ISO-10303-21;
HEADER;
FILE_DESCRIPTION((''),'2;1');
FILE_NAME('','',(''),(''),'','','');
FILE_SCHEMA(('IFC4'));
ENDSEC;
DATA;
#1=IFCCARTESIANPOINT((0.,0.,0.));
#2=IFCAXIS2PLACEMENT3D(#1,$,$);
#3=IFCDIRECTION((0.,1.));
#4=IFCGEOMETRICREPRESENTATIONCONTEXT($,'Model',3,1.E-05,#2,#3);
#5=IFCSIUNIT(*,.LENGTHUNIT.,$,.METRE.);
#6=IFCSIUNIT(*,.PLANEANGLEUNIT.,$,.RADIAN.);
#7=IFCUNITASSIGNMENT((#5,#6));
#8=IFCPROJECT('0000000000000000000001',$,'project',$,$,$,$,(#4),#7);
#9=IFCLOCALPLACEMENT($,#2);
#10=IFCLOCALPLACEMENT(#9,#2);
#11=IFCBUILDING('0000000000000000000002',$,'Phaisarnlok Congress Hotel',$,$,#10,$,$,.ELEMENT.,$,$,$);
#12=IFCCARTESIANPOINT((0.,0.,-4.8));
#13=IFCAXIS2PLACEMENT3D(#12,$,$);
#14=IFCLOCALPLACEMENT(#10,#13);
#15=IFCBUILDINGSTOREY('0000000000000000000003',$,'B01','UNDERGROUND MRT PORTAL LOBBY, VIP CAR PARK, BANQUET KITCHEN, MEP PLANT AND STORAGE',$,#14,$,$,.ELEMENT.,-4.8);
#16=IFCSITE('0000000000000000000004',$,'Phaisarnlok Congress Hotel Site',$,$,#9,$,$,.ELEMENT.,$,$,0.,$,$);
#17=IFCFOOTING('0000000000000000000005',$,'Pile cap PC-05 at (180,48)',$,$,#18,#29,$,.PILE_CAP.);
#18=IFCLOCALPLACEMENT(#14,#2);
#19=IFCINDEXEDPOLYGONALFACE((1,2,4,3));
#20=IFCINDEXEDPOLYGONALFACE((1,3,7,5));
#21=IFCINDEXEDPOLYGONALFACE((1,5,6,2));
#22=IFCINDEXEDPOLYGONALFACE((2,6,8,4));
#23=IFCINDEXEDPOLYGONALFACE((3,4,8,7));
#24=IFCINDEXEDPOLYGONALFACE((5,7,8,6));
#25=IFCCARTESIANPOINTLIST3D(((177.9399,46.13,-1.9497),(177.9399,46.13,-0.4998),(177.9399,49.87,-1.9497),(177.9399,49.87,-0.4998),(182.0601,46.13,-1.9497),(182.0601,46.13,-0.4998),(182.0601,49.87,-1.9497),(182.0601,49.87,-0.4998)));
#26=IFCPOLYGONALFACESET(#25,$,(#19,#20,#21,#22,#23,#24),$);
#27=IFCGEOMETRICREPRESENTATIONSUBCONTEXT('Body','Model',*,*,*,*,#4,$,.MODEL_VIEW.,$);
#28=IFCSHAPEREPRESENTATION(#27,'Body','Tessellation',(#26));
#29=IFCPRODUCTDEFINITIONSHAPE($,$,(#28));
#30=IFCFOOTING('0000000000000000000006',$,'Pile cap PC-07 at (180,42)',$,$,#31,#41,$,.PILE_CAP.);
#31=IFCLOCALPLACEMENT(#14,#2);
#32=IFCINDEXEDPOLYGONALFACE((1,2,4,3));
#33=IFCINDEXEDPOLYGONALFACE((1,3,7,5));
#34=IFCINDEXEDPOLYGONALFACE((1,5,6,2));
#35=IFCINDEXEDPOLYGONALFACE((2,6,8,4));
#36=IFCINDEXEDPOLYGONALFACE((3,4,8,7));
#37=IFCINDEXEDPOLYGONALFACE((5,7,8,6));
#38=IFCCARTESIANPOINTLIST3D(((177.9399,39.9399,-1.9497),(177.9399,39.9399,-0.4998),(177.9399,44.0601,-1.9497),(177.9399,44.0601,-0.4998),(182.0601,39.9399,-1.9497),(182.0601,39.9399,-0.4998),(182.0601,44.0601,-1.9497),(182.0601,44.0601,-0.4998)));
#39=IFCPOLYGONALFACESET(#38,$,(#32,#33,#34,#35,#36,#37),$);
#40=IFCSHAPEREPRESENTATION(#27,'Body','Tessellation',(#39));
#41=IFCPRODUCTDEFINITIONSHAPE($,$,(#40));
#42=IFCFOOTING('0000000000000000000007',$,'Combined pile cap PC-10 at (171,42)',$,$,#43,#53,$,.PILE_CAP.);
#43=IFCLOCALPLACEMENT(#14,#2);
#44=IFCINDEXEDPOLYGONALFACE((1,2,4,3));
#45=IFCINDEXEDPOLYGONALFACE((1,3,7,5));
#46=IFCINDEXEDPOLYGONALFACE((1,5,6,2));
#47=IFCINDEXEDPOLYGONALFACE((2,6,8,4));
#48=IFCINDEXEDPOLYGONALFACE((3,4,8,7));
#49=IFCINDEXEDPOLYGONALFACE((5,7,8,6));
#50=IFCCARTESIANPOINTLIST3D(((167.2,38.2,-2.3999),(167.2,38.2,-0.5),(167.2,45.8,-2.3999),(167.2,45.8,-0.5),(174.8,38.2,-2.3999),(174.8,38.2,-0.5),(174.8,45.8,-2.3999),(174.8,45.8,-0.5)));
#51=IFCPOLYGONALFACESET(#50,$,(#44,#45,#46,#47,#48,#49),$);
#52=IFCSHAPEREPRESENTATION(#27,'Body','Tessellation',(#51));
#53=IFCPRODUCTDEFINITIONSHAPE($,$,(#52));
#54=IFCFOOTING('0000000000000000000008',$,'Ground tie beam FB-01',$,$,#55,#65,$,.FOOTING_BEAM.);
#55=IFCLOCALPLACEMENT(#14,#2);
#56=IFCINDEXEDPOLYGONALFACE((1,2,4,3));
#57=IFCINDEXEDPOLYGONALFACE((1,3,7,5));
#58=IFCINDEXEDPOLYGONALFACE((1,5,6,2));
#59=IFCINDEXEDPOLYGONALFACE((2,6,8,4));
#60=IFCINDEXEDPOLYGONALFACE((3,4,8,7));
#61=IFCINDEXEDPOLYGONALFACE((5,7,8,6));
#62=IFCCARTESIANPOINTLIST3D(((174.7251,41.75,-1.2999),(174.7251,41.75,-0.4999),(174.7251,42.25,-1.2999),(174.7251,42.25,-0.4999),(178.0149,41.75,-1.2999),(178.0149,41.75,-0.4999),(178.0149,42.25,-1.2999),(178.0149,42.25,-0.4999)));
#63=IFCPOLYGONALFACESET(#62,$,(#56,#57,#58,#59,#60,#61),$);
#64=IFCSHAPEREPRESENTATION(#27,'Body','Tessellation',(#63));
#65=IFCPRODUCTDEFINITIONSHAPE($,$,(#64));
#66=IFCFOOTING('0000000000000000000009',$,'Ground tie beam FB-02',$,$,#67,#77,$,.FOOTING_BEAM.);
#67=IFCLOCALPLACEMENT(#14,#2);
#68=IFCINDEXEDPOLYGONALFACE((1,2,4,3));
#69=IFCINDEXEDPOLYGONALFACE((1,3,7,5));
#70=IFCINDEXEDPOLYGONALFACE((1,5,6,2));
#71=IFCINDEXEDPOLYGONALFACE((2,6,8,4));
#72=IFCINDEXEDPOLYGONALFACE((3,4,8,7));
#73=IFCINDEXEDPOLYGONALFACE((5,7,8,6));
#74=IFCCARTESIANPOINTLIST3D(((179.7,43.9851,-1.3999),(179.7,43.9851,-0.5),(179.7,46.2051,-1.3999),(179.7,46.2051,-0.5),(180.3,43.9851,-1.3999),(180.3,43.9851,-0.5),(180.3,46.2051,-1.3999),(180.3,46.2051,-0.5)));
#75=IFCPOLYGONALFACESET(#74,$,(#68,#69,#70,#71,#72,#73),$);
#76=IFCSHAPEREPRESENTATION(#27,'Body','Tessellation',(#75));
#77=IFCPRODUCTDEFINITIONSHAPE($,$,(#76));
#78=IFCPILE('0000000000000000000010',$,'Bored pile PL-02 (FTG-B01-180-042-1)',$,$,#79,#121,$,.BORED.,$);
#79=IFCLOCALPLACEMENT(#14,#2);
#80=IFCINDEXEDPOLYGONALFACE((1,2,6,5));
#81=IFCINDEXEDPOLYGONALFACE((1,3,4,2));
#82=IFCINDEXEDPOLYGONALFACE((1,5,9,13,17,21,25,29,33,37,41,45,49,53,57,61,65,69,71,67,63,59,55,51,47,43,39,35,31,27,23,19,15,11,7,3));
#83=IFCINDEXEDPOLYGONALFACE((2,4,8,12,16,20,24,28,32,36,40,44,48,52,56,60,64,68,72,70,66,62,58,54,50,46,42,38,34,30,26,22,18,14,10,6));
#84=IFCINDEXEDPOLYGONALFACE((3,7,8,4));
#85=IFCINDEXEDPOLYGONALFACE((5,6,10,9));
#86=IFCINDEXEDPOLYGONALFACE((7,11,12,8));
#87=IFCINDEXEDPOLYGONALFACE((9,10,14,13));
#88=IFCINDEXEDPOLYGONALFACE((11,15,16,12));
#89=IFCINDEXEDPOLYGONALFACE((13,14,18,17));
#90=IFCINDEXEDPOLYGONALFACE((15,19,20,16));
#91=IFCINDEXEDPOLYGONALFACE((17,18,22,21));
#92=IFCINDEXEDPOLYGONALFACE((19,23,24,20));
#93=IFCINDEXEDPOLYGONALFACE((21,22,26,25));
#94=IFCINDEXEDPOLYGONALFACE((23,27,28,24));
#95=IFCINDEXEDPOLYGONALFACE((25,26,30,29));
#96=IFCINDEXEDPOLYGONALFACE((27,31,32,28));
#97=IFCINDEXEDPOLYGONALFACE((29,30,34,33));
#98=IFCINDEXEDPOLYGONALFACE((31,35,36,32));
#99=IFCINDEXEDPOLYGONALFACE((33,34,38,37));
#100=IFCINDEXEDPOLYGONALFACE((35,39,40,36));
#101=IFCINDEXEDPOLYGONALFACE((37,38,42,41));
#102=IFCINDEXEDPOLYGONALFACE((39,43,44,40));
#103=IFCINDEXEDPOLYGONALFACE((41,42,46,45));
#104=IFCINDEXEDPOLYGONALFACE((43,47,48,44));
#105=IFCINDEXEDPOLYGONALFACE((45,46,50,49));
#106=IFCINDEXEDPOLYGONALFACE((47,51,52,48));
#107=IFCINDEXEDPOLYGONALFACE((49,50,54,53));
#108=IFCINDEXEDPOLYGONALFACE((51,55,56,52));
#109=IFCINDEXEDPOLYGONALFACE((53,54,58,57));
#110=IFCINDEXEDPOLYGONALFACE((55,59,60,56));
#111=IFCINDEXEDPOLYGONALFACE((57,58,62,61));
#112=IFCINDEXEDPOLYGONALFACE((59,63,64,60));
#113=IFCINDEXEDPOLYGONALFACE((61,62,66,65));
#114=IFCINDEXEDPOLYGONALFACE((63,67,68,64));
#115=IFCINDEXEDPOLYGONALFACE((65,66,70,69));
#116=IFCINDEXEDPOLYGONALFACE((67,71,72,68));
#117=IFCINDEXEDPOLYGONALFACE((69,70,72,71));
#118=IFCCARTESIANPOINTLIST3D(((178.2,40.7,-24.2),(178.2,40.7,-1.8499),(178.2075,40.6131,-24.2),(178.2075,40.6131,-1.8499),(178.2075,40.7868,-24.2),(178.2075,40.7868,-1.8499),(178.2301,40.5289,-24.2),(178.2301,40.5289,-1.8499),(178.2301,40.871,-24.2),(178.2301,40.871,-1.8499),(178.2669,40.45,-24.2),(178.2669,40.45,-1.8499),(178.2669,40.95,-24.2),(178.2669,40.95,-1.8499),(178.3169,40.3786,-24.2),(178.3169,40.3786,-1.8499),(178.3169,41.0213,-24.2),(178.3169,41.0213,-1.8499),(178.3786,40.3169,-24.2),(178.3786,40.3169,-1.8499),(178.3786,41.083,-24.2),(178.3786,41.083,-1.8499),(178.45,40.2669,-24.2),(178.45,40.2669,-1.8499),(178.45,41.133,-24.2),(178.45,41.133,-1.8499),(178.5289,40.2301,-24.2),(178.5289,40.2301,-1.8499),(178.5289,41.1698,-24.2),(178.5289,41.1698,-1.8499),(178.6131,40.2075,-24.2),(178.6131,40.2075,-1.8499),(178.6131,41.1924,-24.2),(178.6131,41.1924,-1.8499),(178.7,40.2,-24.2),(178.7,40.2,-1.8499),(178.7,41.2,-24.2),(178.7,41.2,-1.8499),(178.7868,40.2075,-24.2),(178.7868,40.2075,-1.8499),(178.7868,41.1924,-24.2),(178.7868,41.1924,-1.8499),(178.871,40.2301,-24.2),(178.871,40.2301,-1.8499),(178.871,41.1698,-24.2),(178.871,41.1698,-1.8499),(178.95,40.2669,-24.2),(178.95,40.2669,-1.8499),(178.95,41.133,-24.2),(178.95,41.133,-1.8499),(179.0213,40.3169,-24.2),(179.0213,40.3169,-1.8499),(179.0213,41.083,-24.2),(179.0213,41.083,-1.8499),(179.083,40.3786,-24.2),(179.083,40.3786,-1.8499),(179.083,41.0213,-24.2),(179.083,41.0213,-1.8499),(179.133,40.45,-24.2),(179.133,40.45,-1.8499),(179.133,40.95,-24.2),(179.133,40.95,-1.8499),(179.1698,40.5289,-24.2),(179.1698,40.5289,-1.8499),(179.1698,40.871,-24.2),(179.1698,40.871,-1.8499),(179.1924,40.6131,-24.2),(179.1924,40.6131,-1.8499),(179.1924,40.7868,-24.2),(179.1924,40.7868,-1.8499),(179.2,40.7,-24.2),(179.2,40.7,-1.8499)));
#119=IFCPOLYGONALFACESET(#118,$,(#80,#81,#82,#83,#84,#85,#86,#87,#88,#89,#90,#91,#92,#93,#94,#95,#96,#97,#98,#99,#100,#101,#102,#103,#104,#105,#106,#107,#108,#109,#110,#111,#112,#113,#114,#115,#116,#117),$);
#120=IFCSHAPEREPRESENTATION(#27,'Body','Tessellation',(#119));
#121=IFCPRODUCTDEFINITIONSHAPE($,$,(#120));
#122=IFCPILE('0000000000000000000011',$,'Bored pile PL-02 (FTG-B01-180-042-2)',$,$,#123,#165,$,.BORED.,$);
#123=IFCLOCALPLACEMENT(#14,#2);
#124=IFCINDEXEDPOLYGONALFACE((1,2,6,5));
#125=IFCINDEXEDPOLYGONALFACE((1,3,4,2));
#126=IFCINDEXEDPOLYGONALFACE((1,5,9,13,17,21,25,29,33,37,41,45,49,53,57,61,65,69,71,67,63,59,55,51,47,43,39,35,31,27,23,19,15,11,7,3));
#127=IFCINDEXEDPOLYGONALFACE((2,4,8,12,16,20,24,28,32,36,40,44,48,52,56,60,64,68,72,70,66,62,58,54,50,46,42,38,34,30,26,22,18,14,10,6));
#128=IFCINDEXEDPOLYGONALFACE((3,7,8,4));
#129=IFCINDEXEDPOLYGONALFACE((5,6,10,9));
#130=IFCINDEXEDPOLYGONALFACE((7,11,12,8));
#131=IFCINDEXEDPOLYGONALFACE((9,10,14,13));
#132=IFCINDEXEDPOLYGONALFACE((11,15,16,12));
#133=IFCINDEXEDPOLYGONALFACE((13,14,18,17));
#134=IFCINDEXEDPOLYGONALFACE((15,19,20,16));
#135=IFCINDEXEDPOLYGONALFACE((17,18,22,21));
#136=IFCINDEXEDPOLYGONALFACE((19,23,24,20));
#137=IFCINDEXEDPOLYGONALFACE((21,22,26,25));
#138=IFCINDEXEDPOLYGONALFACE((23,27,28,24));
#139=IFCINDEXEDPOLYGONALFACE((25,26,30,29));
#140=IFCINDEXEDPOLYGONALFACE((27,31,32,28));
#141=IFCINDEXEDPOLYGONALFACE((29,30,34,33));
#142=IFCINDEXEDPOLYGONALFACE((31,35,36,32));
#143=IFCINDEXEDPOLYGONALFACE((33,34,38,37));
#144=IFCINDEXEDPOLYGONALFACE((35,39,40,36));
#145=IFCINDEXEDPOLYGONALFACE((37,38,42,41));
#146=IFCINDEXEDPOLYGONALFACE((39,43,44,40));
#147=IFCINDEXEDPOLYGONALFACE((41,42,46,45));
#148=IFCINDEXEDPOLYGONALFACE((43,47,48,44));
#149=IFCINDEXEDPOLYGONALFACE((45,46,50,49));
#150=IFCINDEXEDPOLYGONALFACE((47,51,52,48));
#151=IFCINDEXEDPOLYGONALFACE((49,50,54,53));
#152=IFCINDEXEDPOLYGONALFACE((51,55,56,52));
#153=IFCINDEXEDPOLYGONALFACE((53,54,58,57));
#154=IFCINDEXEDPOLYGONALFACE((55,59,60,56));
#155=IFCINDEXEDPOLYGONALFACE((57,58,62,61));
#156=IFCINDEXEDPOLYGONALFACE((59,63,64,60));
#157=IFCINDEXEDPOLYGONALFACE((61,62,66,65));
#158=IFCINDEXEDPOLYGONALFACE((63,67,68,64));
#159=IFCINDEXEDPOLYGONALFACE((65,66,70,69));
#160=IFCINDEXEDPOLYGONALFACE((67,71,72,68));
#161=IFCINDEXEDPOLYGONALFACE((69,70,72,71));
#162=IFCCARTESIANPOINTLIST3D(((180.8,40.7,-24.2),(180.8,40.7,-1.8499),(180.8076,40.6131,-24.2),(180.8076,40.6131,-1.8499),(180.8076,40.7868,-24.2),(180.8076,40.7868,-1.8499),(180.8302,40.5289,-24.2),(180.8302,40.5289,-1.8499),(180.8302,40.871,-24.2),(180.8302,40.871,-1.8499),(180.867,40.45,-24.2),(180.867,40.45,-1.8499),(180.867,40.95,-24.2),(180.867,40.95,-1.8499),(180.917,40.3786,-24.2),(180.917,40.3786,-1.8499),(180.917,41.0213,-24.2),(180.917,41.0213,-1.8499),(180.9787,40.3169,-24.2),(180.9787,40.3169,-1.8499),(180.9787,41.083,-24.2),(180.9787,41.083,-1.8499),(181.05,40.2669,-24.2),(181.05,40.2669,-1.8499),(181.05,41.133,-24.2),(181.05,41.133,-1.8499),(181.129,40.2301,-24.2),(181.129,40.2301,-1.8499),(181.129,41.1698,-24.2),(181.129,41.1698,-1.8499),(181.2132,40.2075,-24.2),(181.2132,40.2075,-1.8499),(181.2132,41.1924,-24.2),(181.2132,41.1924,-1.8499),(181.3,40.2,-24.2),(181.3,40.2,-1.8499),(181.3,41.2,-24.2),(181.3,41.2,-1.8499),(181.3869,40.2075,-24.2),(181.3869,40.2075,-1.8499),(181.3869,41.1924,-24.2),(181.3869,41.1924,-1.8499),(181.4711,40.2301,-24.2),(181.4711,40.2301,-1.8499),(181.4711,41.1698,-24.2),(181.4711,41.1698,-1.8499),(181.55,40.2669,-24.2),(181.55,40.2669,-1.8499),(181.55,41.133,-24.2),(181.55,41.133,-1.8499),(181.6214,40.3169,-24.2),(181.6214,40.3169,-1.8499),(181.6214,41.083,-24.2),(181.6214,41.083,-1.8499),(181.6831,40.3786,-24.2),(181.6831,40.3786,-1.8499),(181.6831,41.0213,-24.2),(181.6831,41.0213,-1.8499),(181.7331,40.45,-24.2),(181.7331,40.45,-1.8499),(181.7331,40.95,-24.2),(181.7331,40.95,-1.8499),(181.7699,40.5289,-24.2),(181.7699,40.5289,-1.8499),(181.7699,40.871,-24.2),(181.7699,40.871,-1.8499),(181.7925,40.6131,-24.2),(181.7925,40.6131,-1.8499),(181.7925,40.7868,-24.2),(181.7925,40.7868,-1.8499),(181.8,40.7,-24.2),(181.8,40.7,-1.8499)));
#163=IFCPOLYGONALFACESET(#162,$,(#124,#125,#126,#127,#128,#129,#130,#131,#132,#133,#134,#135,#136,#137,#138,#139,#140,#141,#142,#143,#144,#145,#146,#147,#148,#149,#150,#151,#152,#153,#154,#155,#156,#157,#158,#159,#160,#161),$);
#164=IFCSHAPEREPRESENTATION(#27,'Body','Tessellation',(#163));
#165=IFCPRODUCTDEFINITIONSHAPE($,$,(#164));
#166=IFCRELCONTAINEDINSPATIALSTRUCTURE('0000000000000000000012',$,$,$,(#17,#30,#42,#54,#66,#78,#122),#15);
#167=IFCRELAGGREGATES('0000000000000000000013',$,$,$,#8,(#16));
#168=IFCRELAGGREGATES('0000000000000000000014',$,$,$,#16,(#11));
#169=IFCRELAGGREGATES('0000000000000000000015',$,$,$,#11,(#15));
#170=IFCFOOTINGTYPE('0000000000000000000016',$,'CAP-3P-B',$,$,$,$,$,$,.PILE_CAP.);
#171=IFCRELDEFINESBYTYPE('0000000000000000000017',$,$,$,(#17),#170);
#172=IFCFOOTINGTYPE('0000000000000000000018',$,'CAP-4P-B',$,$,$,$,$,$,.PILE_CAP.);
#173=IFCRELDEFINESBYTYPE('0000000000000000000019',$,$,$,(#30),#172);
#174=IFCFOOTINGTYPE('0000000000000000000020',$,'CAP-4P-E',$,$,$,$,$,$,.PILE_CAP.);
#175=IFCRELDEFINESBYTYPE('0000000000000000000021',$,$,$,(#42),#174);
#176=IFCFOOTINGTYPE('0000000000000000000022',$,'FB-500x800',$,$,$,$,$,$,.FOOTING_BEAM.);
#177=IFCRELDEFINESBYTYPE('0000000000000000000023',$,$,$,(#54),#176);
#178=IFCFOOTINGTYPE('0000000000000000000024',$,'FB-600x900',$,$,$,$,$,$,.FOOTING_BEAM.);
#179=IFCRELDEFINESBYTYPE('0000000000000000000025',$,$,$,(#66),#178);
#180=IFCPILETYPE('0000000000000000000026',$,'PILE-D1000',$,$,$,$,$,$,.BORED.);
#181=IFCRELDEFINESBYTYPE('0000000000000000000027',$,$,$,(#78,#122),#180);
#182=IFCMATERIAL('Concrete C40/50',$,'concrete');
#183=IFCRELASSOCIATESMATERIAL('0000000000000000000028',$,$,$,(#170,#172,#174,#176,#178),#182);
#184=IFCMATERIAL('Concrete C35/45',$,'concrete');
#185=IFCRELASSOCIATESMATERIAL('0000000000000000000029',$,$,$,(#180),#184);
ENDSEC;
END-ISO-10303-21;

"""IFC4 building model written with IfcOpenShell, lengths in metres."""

from ifc_helpers import new_model, si_unit, direction, frame, origin, origin_2d, place, context, subcontext, project, spatial, rectangle, circle, extrude, material, material_profile, profile_set, type_object, element, save


model = new_model("IFC4")

# Units and contexts
model_context = context("Model", 3, precision=1e-05, world=origin(), true_north=direction((0.0, 1.0)))
body_context = subcontext(model_context, "Body", "Model", "MODEL_VIEW")
ifc_project = project(units=[si_unit("LENGTHUNIT", "METRE"), si_unit("PLANEANGLEUNIT", "RADIAN")], contexts=[model_context])

# Site, building, storey
site_placement = place(None, origin())
site = spatial("IfcSite", under=ifc_project, at=site_placement, Name="Phaisarnlok Congress Hotel Site", CompositionType="ELEMENT", RefElevation=0.0)
building_placement = place(site_placement, origin())
building = spatial("IfcBuilding", under=site, at=building_placement, Name="Phaisarnlok Congress Hotel", CompositionType="ELEMENT")
storey_placement = place(building_placement, frame((0.0, 0.0, -4.8)))
storey = spatial("IfcBuildingStorey", under=building, at=storey_placement, Name="B01", Description="UNDERGROUND MRT PORTAL LOBBY, VIP CAR PARK, BANQUET KITCHEN, MEP PLANT AND STORAGE", CompositionType="ELEMENT", Elevation=-4.8)

# Footings
ifc_material_1 = material(Name="Concrete C40/50", Category="concrete")
footing_type_1 = type_object("IfcFootingType", Name="CAP-3P-B", PredefinedType="PILE_CAP", material=ifc_material_1)
footing_1_placement = place(storey_placement, frame((180.0, 48.0, -1.9497), z_axis=(0.0, 0.0, 1.0), x_axis=(1.0, 0.0, 0.0)))
element("IfcFooting", 1, at=footing_1_placement, inside=storey, type_object=footing_type_1, Name="Pile cap PC-05 at (180,48)", PredefinedType="PILE_CAP", context=body_context, shape_type="SweptSolid", body=[
    extrude(rectangle(XDim=4.1201, YDim=3.74, at=origin_2d()), origin(), (0.0, 0.0, 1.0), 1.45),
])
footing_type_2 = type_object("IfcFootingType", Name="CAP-4P-B", PredefinedType="PILE_CAP", material=ifc_material_1)
footing_2_placement = place(storey_placement, frame((180.0, 42.0, -1.9497), z_axis=(0.0, 0.0, 1.0), x_axis=(1.0, 0.0, 0.0)))
element("IfcFooting", 2, at=footing_2_placement, inside=storey, type_object=footing_type_2, Name="Pile cap PC-07 at (180,42)", PredefinedType="PILE_CAP", context=body_context, shape_type="SweptSolid", body=[
    extrude(rectangle(XDim=4.1201, YDim=4.1201, at=origin_2d()), origin(), (0.0, 0.0, 1.0), 1.45),
])
footing_type_3 = type_object("IfcFootingType", Name="CAP-4P-E", PredefinedType="PILE_CAP", material=ifc_material_1)
footing_3_placement = place(storey_placement, frame((171.0, 42.0, -2.3999), z_axis=(0.0, 0.0, 1.0), x_axis=(1.0, 0.0, 0.0)))
element("IfcFooting", 3, at=footing_3_placement, inside=storey, type_object=footing_type_3, Name="Combined pile cap PC-10 at (171,42)", PredefinedType="PILE_CAP", context=body_context, shape_type="SweptSolid", body=[
    extrude(rectangle(XDim=7.6001, YDim=7.6001, at=origin_2d()), origin(), (0.0, 0.0, 1.0), 1.8999),
])
ifc_material_profile_1 = material_profile(ifc_material_1, rectangle(XDim=0.5, YDim=0.8, at=origin_2d()), Name="FB-500x800")
ifc_profile_set_1 = profile_set([ifc_material_profile_1], Name="Concrete C40/50")
footing_type_4 = type_object("IfcFootingType", Name="FB-500x800", PredefinedType="FOOTING_BEAM", material=ifc_profile_set_1)
footing_4_placement = place(storey_placement, frame((174.7251, 42.0, -0.8999), z_axis=(1.0, 0.0, 0.0), x_axis=(0.0, 1.0, 0.0)))
element("IfcFooting", 4, at=footing_4_placement, inside=storey, type_object=footing_type_4, Name="Ground tie beam FB-01", PredefinedType="FOOTING_BEAM", context=body_context, shape_type="SweptSolid", body=[
    extrude(rectangle(XDim=0.5, YDim=0.8, at=origin_2d()), origin(), (0.0, 0.0, 1.0), 3.2898),
])
ifc_material_profile_2 = material_profile(ifc_material_1, rectangle(XDim=0.6001, YDim=0.8999, at=origin_2d()), Name="FB-600x900")
ifc_profile_set_2 = profile_set([ifc_material_profile_2], Name="Concrete C40/50")
footing_type_5 = type_object("IfcFootingType", Name="FB-600x900", PredefinedType="FOOTING_BEAM", material=ifc_profile_set_2)
footing_5_placement = place(storey_placement, frame((180.0, 43.9851, -0.95), z_axis=(0.0, 1.0, 0.0), x_axis=(-1.0, 0.0, 0.0)))
element("IfcFooting", 5, at=footing_5_placement, inside=storey, type_object=footing_type_5, Name="Ground tie beam FB-02", PredefinedType="FOOTING_BEAM", context=body_context, shape_type="SweptSolid", body=[
    extrude(rectangle(XDim=0.6001, YDim=0.8999, at=origin_2d()), origin(), (0.0, 0.0, 1.0), 2.22),
])

# Piles
ifc_material_2 = material(Name="Concrete C35/45", Category="concrete")
ifc_material_profile_3 = material_profile(ifc_material_2, circle(Radius=0.5, at=origin_2d()), Name="BORED PILE D1000")
ifc_profile_set_3 = profile_set([ifc_material_profile_3], Name="Concrete C35/45")
pile_type_1 = type_object("IfcPileType", Name="PILE-D1000", PredefinedType="BORED", material=ifc_profile_set_3)
for number, where, z_axis, x_axis, name in (
    (6, (178.7, 40.7, -1.8499), (0.0, 0.0, -1.0), (1.0, 0.0, 0.0), "Bored pile PL-02 (FTG-B01-180-042-1)"),
    (7, (181.3, 40.7, -1.8499), (0.0, 0.0, -1.0), (1.0, 0.0, 0.0), "Bored pile PL-02 (FTG-B01-180-042-2)"),
):
    element("IfcPile", number, at=place(storey_placement, frame(where, z_axis=z_axis, x_axis=x_axis)), inside=storey, type_object=pile_type_1, Name=name, PredefinedType="BORED", context=body_context, shape_type="SweptSolid", body=[
        extrude(circle(Radius=0.5, at=origin_2d()), origin(), (0.0, 0.0, 1.0), 22.3501),
    ])

save(model, "model.ifc")
